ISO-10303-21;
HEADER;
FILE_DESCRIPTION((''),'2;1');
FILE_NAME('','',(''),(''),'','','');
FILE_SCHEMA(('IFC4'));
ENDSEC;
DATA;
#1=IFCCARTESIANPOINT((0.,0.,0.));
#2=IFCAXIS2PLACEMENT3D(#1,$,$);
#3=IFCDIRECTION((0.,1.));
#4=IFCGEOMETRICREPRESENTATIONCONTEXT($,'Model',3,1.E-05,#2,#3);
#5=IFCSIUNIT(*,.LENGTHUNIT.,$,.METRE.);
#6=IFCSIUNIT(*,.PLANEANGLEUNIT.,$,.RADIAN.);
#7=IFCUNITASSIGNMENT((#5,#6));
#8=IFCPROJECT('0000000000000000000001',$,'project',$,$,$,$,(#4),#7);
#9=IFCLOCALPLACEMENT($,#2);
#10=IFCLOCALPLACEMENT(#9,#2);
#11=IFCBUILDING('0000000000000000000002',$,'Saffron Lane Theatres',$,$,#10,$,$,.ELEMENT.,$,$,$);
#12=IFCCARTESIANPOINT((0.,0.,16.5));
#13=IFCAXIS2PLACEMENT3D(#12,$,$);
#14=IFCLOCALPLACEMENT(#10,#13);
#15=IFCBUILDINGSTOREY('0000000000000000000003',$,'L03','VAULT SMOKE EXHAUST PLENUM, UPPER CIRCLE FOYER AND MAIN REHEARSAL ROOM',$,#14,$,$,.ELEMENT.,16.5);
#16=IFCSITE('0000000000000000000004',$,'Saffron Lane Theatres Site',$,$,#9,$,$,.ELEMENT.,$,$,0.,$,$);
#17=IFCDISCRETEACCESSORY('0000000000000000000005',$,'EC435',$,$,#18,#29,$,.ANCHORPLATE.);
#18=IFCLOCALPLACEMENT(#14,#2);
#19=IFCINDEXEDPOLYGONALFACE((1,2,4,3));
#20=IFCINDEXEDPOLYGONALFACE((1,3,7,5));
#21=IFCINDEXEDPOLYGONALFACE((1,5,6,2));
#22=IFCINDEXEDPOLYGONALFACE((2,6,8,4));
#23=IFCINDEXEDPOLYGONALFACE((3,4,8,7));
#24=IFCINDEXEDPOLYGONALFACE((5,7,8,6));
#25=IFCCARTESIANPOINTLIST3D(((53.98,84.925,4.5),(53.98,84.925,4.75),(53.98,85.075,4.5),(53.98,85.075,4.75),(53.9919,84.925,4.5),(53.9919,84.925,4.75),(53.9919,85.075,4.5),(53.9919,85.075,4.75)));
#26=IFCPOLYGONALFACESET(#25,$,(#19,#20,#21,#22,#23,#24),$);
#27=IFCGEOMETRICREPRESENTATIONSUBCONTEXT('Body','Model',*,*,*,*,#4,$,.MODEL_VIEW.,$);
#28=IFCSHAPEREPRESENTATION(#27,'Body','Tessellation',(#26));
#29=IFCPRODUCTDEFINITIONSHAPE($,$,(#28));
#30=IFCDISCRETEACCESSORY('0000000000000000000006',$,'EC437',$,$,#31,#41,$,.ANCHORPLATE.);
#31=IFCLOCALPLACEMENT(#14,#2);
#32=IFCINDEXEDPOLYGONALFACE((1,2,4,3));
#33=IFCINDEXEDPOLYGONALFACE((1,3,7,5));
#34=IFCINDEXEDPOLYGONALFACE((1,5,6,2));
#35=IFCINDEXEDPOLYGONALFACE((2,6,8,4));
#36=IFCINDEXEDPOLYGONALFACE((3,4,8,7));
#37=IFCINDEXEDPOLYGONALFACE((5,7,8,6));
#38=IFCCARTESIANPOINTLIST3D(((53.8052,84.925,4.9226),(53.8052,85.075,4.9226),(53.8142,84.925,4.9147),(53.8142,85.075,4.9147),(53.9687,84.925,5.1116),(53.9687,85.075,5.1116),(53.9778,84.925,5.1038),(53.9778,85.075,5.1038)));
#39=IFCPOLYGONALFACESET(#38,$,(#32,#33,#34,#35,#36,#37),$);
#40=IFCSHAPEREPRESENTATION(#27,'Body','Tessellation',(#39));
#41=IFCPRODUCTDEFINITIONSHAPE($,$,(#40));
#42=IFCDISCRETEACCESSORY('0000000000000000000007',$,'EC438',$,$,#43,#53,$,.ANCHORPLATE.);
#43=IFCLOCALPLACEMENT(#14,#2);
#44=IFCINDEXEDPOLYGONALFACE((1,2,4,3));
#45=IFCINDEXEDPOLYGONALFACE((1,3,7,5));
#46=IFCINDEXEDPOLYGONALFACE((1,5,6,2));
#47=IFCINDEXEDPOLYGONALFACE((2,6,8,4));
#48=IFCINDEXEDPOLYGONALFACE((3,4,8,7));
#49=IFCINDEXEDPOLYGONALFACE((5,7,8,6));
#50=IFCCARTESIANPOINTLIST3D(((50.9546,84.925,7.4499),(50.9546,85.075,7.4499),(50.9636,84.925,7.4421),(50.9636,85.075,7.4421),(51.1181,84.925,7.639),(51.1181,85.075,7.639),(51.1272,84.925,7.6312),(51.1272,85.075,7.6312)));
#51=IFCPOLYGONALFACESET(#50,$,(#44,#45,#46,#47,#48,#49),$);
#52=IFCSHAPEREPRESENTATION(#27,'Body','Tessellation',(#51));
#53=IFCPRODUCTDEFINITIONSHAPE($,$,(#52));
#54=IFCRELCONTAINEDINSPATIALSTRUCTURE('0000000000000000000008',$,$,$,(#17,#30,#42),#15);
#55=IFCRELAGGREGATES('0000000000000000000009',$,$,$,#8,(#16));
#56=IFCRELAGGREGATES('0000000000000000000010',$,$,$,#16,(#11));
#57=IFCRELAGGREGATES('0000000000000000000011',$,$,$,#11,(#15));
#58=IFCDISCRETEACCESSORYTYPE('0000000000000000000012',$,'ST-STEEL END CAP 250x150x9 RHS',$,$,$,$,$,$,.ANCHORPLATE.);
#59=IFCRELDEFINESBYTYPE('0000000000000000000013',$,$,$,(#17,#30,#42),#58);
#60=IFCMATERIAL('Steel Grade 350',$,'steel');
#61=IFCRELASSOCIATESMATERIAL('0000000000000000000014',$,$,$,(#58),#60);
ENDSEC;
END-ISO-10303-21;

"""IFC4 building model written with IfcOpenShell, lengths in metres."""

from ifc_helpers import new_model, si_unit, direction, frame, origin, origin_2d, place, context, subcontext, project, spatial, rectangle, extrude, material, material_profile, profile_set, type_object, element, save


model = new_model("IFC4")

# Units and contexts
model_context = context("Model", 3, precision=1e-05, world=origin(), true_north=direction((0.0, 1.0)))
body_context = subcontext(model_context, "Body", "Model", "MODEL_VIEW")
ifc_project = project(units=[si_unit("LENGTHUNIT", "METRE"), si_unit("PLANEANGLEUNIT", "RADIAN")], contexts=[model_context])

# Site, building, storey
site_placement = place(None, origin())
site = spatial("IfcSite", under=ifc_project, at=site_placement, Name="Saffron Lane Theatres Site", CompositionType="ELEMENT", RefElevation=0.0)
building_placement = place(site_placement, origin())
building = spatial("IfcBuilding", under=site, at=building_placement, Name="Saffron Lane Theatres", CompositionType="ELEMENT")
storey_placement = place(building_placement, frame((0.0, 0.0, 16.5)))
storey = spatial("IfcBuildingStorey", under=building, at=storey_placement, Name="L03", Description="VAULT SMOKE EXHAUST PLENUM, UPPER CIRCLE FOYER AND MAIN REHEARSAL ROOM", CompositionType="ELEMENT", Elevation=16.5)

# Discrete accessories
ifc_material_1 = material(Name="Steel Grade 350", Category="steel")
ifc_material_profile_1 = material_profile(ifc_material_1, rectangle(XDim=0.1499, YDim=0.25, at=origin_2d()))
ifc_profile_set_1 = profile_set([ifc_material_profile_1], Name="Steel Grade 350")
discrete_accessory_type_1 = type_object("IfcDiscreteAccessoryType", Name="ST-STEEL END CAP 250x150x9 RHS", PredefinedType="ANCHORPLATE", material=ifc_profile_set_1)
for number, where, z_axis, x_axis, name in (
    (1, (53.9919, 85.0, 4.625), (-1.0, 0.0, 0.0), (0.0, -1.0, 0.0), "EC435"),
    (2, (53.896, 85.0, 5.0093), (-0.756363, 0.0, 0.654152), (0.0, -1.0, 0.0), "EC437"),
    (3, (51.0454, 85.0, 7.5366), (-0.756363, 0.0, 0.654152), (0.0, -1.0, 0.0), "EC438"),
):
    element("IfcDiscreteAccessory", number, at=place(storey_placement, frame(where, z_axis=z_axis, x_axis=x_axis)), inside=storey, type_object=discrete_accessory_type_1, Name=name, PredefinedType="ANCHORPLATE", context=body_context, shape_type="SweptSolid", body=[
        extrude(rectangle(XDim=0.1499, YDim=0.25, at=origin_2d()), origin(), (0.0, 0.0, 1.0), 0.012),
    ])

save(model, "model.ifc")
